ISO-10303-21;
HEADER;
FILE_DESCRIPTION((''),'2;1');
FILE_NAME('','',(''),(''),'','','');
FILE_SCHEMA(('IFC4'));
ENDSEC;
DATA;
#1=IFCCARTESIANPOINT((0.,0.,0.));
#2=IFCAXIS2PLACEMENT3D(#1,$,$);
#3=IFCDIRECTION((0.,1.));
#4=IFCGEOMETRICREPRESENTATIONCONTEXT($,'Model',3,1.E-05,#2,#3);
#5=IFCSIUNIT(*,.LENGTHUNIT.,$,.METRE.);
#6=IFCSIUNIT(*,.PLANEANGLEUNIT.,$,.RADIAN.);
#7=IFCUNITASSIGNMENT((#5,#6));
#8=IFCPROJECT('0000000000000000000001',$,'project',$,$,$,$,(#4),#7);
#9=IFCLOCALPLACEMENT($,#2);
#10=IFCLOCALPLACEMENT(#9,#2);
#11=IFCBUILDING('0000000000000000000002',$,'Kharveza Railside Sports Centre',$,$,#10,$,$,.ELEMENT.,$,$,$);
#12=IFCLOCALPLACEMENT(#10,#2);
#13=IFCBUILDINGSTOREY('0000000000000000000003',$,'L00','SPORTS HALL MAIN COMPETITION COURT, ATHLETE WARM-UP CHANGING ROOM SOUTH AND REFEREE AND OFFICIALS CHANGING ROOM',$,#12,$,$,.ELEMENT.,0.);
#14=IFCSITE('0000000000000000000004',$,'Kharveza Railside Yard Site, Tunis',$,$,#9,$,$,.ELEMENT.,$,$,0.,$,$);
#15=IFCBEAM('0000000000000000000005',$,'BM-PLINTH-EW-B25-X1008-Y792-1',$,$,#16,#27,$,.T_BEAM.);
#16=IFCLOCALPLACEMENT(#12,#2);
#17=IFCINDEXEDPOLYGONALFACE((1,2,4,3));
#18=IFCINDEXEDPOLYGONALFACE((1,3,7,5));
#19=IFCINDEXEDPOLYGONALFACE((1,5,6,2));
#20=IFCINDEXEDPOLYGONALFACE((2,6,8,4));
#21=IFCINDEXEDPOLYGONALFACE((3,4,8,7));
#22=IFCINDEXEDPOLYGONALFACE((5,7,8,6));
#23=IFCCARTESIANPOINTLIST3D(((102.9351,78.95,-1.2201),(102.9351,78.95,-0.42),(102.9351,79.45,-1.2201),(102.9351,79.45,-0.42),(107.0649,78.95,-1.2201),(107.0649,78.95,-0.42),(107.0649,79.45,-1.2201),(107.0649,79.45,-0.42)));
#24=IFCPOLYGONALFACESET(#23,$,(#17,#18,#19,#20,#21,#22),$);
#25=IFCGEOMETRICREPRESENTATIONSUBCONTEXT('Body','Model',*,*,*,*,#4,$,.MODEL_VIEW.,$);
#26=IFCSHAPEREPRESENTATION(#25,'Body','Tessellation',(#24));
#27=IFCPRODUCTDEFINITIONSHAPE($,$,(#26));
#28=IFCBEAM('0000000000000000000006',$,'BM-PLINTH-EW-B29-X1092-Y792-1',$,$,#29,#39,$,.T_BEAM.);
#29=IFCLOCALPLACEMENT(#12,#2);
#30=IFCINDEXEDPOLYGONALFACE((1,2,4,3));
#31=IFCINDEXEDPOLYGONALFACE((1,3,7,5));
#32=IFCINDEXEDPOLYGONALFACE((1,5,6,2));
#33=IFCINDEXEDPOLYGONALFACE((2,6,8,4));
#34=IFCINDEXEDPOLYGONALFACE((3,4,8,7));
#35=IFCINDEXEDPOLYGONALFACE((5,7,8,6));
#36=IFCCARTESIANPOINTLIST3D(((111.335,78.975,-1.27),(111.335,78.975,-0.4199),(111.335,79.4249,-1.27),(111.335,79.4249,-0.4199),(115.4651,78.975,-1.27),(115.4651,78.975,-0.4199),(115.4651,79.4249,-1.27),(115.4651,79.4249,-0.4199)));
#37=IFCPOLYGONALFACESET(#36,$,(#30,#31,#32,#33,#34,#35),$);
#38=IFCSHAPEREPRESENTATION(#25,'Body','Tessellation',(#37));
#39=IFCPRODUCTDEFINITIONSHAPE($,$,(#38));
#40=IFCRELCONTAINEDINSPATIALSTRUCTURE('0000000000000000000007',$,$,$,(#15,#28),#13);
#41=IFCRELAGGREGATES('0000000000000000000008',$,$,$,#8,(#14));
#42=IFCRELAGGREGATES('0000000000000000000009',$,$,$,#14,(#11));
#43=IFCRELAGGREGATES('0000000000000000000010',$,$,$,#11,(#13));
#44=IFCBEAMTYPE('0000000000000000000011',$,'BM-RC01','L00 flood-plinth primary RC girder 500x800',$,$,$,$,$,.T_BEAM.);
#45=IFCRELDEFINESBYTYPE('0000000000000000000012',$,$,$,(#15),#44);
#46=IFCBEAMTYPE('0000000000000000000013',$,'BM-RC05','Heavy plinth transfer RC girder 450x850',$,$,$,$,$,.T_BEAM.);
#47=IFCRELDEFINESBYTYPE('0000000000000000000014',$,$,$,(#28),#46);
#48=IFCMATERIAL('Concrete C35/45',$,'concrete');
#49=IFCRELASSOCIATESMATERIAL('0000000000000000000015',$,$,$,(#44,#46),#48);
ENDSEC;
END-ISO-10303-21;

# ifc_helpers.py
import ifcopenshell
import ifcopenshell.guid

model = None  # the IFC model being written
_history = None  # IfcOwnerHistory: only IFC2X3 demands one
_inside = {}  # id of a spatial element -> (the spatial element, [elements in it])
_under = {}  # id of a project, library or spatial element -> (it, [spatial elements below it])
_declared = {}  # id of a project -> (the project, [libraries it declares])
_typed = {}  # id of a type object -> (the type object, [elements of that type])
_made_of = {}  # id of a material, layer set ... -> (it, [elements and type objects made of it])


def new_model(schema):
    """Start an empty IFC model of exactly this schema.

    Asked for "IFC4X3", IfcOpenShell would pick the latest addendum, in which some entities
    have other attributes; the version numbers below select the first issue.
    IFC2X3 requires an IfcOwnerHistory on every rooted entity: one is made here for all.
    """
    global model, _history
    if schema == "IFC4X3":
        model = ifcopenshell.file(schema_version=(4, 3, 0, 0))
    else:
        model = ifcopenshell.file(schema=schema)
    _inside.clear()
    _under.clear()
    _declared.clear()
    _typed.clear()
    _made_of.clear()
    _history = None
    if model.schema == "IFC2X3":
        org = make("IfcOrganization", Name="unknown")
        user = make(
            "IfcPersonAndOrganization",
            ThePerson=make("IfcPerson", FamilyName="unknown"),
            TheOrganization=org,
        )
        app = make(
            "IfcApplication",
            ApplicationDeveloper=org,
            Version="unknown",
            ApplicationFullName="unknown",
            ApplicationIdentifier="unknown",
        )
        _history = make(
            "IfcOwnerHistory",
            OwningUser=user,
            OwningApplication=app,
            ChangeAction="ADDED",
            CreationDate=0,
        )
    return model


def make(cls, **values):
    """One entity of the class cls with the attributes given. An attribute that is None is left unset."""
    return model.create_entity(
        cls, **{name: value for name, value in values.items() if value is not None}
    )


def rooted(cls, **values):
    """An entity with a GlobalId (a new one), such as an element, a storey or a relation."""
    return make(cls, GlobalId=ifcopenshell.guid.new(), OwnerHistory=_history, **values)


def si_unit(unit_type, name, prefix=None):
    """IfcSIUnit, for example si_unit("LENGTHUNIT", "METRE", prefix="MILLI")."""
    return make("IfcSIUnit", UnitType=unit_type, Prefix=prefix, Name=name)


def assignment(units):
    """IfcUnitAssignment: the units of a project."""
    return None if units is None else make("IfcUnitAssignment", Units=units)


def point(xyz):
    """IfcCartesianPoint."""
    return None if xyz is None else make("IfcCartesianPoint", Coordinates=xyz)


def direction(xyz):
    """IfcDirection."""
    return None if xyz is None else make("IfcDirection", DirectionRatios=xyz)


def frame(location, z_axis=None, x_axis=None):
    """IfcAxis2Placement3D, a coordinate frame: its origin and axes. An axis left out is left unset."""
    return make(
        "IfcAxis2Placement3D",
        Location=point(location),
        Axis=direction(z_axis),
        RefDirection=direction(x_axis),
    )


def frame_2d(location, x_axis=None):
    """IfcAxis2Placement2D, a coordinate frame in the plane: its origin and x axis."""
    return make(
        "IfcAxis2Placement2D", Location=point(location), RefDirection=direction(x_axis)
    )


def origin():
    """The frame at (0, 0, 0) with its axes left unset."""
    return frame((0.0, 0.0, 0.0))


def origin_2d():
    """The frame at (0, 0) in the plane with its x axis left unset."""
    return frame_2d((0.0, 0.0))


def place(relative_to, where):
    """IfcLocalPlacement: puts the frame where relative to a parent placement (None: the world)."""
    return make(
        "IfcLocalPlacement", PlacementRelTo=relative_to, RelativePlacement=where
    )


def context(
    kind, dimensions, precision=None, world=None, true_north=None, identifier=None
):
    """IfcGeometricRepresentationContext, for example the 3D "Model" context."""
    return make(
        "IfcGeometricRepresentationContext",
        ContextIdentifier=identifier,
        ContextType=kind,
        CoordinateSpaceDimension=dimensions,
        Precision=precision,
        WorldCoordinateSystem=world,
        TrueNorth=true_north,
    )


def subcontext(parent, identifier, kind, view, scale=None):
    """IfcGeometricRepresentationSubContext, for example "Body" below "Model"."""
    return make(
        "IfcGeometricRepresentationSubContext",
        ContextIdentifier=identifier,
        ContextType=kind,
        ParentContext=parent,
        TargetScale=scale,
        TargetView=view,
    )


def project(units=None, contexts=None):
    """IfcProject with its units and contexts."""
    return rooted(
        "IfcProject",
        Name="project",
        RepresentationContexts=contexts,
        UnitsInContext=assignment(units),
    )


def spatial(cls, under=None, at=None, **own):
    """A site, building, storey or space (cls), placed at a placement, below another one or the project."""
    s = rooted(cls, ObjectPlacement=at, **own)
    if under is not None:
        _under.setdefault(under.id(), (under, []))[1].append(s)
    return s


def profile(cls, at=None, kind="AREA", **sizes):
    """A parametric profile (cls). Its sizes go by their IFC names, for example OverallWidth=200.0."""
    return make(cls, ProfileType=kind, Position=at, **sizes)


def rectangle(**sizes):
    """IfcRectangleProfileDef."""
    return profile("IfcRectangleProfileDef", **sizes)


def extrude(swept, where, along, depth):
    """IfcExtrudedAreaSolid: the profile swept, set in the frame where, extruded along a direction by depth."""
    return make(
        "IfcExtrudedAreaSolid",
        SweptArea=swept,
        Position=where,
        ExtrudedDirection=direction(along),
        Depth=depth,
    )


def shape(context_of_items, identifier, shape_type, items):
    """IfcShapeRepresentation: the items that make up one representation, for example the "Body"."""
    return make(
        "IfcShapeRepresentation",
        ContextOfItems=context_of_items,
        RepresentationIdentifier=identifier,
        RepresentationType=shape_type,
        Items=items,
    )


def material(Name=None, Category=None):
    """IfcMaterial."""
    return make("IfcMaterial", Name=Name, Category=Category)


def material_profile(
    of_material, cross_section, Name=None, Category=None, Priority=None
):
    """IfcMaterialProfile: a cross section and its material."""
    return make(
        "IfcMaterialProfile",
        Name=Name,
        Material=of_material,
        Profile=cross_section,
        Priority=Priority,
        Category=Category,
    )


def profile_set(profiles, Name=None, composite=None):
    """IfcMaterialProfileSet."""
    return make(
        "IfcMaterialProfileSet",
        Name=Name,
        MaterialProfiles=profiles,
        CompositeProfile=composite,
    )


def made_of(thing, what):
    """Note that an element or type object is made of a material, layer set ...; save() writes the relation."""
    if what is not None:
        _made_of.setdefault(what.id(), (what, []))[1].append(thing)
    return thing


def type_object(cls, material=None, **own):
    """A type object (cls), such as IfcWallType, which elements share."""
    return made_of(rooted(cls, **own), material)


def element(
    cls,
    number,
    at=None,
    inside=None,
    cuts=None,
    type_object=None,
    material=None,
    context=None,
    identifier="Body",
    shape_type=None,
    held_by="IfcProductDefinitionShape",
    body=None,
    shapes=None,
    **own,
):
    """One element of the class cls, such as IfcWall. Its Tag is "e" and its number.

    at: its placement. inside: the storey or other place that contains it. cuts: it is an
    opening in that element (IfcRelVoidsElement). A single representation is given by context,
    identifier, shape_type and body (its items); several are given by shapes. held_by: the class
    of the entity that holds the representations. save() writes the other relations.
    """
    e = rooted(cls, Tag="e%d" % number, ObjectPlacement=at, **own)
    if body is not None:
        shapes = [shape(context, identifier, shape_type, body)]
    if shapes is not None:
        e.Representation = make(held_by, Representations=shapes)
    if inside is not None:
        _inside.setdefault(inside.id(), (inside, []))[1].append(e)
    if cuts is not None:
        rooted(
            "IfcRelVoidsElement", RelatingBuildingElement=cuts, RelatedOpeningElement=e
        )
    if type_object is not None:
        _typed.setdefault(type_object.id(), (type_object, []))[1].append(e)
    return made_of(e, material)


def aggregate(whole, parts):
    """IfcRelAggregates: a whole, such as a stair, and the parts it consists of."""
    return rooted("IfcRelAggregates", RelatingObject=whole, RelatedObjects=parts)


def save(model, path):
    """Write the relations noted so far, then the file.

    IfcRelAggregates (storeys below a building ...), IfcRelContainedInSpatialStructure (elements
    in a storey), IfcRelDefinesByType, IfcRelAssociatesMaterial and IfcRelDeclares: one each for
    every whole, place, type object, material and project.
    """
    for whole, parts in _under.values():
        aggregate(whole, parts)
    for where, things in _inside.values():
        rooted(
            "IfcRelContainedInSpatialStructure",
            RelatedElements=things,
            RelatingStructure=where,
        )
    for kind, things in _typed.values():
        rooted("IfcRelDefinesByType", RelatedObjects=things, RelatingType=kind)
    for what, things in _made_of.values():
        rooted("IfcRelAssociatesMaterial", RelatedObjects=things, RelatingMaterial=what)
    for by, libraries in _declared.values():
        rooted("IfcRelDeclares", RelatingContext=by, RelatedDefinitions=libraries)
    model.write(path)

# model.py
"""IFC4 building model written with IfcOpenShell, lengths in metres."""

from ifc_helpers import new_model, si_unit, direction, frame, origin, origin_2d, place, context, subcontext, project, spatial, rectangle, extrude, material, material_profile, profile_set, type_object, element, save


model = new_model("IFC4")

# Units and contexts
model_context = context("Model", 3, precision=1e-05, world=origin(), true_north=direction((0.0, 1.0)))
body_context = subcontext(model_context, "Body", "Model", "MODEL_VIEW")
ifc_project = project(units=[si_unit("LENGTHUNIT", "METRE"), si_unit("PLANEANGLEUNIT", "RADIAN")], contexts=[model_context])

# Site, building, storey
site_placement = place(None, origin())
site = spatial("IfcSite", under=ifc_project, at=site_placement, Name="Kharveza Railside Yard Site, Tunis", CompositionType="ELEMENT", RefElevation=0.0)
building_placement = place(site_placement, origin())
building = spatial("IfcBuilding", under=site, at=building_placement, Name="Kharveza Railside Sports Centre", CompositionType="ELEMENT")
storey_placement = place(building_placement, origin())
storey = spatial("IfcBuildingStorey", under=building, at=storey_placement, Name="L00", Description="SPORTS HALL MAIN COMPETITION COURT, ATHLETE WARM-UP CHANGING ROOM SOUTH AND REFEREE AND OFFICIALS CHANGING ROOM", CompositionType="ELEMENT", Elevation=0.0)

# Shared definitions
ifc_material_1 = material(Name="Concrete C35/45", Category="concrete")

# Beams
ifc_material_profile_1 = material_profile(ifc_material_1, rectangle(XDim=0.5, YDim=0.8, at=origin_2d()), Name="RCB 500x800")
ifc_profile_set_1 = profile_set([ifc_material_profile_1], Name="Concrete C35/45")
beam_type_1 = type_object("IfcBeamType", Name="BM-RC01", Description="L00 flood-plinth primary RC girder 500x800", PredefinedType="T_BEAM", material=ifc_profile_set_1)
beam_1_placement = place(storey_placement, frame((102.9351, 79.2, -0.8201), z_axis=(1.0, 0.0, 0.0), x_axis=(0.0, 1.0, 0.0)))
element("IfcBeam", 1, at=beam_1_placement, inside=storey, type_object=beam_type_1, Name="BM-PLINTH-EW-B25-X1008-Y792-1", PredefinedType="T_BEAM", context=body_context, shape_type="SweptSolid", body=[
    extrude(rectangle(XDim=0.5, YDim=0.8, at=origin_2d()), origin(), (0.0, 0.0, 1.0), 4.1299),
])
ifc_material_profile_2 = material_profile(ifc_material_1, rectangle(XDim=0.45, YDim=0.8501, at=origin_2d()), Name="RCB 450x850")
ifc_profile_set_2 = profile_set([ifc_material_profile_2], Name="Concrete C35/45")
beam_type_2 = type_object("IfcBeamType", Name="BM-RC05", Description="Heavy plinth transfer RC girder 450x850", PredefinedType="T_BEAM", material=ifc_profile_set_2)
beam_2_placement = place(storey_placement, frame((111.335, 79.2, -0.845), z_axis=(1.0, 0.0, 0.0), x_axis=(0.0, 1.0, 0.0)))
element("IfcBeam", 2, at=beam_2_placement, inside=storey, type_object=beam_type_2, Name="BM-PLINTH-EW-B29-X1092-Y792-1", PredefinedType="T_BEAM", context=body_context, shape_type="SweptSolid", body=[
    extrude(rectangle(XDim=0.45, YDim=0.8501, at=origin_2d()), origin(), (0.0, 0.0, 1.0), 4.1301),
])

save(model, "model.ifc")
